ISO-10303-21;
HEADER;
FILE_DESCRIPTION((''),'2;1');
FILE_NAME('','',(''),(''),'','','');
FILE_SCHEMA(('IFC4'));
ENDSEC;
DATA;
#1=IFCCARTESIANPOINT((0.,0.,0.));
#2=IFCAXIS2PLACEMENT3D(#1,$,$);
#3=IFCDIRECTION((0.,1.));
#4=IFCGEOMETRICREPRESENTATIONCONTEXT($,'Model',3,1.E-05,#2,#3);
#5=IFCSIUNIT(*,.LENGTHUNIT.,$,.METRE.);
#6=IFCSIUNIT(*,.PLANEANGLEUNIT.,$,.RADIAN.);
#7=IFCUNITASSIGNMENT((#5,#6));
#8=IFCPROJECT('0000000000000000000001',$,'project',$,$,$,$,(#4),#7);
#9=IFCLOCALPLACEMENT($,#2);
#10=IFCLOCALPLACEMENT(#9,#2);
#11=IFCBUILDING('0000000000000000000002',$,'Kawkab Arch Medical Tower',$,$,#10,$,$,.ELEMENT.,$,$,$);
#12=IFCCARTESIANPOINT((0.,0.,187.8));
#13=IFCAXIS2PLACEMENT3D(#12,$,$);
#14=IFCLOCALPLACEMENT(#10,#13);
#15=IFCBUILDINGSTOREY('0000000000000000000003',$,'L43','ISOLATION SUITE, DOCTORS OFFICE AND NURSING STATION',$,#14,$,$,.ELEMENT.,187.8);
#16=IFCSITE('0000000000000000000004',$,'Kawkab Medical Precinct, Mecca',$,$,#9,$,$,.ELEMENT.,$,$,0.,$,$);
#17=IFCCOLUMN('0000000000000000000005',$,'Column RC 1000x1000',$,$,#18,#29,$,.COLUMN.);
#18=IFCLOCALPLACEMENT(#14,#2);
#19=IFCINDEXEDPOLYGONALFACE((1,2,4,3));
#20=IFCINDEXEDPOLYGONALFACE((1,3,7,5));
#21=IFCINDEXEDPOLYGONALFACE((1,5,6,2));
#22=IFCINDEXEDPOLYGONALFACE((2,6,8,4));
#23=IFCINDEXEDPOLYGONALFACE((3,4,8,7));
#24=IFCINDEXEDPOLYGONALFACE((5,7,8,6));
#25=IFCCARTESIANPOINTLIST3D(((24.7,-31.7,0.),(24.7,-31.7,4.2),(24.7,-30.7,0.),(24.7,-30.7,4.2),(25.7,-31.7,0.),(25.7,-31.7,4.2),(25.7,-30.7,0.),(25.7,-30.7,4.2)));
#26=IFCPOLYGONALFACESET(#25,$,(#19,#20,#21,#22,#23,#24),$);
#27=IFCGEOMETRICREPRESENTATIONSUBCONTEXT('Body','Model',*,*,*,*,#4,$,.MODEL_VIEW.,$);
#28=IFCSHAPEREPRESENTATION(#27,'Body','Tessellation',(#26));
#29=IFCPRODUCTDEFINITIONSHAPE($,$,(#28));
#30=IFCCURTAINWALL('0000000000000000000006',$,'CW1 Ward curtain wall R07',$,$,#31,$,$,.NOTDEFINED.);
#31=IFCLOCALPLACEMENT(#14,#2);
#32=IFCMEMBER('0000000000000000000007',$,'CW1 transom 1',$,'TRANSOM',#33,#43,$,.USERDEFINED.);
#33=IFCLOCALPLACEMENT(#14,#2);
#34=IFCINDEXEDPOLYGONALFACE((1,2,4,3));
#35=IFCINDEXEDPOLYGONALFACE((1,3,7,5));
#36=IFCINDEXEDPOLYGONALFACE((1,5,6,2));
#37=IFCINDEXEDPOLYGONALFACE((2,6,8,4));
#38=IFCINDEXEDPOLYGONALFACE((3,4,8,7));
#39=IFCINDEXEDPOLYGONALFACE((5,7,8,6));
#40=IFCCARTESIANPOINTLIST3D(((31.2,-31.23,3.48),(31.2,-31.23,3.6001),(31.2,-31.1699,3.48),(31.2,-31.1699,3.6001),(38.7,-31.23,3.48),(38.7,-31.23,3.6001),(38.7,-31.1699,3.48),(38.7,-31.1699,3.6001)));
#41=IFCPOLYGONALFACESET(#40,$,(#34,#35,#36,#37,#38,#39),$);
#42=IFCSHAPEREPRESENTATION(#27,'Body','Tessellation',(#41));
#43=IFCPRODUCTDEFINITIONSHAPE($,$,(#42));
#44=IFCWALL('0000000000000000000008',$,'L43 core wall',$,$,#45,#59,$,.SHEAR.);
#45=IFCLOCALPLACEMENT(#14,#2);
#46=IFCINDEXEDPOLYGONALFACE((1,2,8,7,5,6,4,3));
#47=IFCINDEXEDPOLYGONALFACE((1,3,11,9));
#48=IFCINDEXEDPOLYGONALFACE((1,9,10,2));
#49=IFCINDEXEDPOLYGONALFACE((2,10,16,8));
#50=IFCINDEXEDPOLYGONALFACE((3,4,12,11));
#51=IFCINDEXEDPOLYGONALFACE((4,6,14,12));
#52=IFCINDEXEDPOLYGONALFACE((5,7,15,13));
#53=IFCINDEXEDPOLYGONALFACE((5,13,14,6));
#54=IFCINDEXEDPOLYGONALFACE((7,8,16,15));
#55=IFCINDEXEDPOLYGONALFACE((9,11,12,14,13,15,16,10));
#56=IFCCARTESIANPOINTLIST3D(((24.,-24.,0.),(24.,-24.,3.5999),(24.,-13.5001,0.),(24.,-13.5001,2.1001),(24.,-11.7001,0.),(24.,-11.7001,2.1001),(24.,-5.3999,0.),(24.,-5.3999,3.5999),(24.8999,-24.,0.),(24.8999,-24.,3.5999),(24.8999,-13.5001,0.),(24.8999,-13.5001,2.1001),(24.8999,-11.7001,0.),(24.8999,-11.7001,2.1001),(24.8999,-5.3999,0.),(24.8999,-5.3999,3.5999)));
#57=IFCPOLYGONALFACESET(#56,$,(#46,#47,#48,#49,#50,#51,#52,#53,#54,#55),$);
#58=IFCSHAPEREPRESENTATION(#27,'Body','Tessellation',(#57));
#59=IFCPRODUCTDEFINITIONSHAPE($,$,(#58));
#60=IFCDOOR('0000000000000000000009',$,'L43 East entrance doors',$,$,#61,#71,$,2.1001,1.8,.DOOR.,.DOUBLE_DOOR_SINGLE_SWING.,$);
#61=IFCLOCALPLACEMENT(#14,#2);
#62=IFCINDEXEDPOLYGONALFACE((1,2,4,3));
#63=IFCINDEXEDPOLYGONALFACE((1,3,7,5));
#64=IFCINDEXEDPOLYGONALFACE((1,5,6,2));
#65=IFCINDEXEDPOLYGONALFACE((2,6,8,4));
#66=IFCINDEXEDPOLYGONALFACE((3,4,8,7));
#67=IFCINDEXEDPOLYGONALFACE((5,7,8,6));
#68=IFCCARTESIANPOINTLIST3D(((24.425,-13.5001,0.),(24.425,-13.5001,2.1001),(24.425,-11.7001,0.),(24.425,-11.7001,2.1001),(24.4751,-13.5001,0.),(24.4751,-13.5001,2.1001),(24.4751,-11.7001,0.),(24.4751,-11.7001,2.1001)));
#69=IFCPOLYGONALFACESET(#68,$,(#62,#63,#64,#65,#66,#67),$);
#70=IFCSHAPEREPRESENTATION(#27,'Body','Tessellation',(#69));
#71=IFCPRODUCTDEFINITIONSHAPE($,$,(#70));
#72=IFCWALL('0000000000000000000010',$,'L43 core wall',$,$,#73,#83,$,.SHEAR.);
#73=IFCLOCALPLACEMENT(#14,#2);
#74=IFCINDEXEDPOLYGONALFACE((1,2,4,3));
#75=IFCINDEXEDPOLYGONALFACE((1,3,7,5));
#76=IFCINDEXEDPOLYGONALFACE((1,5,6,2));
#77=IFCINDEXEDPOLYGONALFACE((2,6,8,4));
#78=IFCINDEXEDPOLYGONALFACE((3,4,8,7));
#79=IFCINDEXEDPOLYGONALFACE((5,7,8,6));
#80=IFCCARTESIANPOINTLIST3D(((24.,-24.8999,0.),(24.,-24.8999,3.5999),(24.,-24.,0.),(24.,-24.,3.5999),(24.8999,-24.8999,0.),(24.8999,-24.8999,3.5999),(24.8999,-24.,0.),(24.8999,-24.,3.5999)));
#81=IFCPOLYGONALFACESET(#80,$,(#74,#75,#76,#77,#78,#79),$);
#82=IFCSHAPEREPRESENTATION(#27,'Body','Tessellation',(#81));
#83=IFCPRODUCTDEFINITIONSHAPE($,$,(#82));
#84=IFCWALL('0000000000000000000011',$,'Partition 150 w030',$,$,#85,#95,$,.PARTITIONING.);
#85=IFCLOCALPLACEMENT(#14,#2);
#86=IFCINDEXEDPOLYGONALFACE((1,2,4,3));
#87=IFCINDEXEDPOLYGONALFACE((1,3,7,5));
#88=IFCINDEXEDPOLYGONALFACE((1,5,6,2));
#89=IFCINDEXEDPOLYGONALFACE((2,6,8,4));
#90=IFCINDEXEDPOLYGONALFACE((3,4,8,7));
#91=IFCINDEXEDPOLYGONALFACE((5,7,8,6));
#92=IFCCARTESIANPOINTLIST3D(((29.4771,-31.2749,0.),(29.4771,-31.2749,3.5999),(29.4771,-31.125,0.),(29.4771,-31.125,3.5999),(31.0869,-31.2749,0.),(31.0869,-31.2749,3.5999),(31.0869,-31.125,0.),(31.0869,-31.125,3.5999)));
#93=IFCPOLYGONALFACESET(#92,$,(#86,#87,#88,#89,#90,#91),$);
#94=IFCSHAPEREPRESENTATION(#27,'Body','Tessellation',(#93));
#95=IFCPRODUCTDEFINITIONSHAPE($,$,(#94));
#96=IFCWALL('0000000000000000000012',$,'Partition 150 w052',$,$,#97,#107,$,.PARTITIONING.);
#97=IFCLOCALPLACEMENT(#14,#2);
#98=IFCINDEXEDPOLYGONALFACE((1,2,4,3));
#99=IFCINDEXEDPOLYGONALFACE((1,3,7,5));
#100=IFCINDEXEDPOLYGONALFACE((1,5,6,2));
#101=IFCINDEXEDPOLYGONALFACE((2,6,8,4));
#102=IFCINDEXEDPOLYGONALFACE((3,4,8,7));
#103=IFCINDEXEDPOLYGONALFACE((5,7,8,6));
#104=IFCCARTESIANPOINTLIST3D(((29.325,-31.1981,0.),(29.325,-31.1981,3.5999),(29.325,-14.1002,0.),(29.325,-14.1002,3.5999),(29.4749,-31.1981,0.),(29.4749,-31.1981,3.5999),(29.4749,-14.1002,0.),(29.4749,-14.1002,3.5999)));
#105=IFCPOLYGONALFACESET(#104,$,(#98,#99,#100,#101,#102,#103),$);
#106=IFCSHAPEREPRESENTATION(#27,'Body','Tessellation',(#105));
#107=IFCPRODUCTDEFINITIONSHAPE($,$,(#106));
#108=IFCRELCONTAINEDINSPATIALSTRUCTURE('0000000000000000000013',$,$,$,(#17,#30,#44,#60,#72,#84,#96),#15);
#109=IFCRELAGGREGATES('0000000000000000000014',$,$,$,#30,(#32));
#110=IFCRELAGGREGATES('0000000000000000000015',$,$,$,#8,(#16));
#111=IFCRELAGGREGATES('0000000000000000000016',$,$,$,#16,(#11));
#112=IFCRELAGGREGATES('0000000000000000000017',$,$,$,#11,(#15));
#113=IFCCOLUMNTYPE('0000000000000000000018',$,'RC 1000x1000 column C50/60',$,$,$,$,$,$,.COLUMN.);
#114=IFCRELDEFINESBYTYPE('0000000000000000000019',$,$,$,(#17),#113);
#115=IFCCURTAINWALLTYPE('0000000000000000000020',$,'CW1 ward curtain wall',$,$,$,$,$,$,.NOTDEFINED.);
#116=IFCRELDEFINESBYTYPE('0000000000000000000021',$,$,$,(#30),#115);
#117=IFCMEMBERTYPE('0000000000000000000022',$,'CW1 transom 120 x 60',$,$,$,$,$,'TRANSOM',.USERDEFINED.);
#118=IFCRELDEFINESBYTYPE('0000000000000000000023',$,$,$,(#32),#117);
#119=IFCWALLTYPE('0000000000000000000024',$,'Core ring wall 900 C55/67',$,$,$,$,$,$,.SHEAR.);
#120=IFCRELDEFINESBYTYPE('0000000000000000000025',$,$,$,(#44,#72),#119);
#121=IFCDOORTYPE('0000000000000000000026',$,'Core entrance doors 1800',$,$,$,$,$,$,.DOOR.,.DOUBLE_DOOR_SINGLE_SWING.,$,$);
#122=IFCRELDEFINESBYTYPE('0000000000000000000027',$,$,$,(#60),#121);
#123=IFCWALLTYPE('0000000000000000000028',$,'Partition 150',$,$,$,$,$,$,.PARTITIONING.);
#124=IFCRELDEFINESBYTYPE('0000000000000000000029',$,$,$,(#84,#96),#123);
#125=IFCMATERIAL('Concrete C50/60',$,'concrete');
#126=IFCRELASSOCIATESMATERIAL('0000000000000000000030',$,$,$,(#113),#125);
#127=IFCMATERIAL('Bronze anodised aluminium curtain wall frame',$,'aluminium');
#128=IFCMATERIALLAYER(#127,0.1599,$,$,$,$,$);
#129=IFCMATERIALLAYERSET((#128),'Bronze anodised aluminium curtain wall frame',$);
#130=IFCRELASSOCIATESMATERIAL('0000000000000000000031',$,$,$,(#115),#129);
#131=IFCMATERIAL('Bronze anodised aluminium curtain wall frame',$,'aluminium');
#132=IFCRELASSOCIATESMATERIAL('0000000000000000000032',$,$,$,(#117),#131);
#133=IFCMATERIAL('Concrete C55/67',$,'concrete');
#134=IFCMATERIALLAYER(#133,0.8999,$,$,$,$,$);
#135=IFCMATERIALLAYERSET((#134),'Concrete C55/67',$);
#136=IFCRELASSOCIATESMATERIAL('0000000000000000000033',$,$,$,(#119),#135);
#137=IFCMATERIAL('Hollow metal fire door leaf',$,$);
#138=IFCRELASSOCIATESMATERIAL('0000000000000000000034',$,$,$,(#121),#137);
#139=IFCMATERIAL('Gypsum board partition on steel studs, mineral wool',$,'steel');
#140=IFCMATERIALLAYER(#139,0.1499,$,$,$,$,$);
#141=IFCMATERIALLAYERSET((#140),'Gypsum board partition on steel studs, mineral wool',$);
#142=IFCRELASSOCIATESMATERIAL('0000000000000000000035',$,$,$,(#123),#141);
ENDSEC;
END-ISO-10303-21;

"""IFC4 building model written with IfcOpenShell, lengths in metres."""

from ifc_helpers import new_model, si_unit, direction, frame, frame_2d, origin, origin_2d, place, context, subcontext, project, spatial, rectangle, extrude, material, layer, layer_set, material_profile, profile_set, type_object, element, fill, aggregate, save


model = new_model("IFC4")

# Units and contexts
model_context = context("Model", 3, precision=1e-05, world=origin(), true_north=direction((0.0, 1.0)))
body_context = subcontext(model_context, "Body", "Model", "MODEL_VIEW")
ifc_project = project(units=[si_unit("LENGTHUNIT", "METRE"), si_unit("PLANEANGLEUNIT", "RADIAN")], contexts=[model_context])

# Site, building, storey
site_placement = place(None, origin())
site = spatial("IfcSite", under=ifc_project, at=site_placement, Name="Kawkab Medical Precinct, Mecca", CompositionType="ELEMENT", RefElevation=0.0)
building_placement = place(site_placement, origin())
building = spatial("IfcBuilding", under=site, at=building_placement, Name="Kawkab Arch Medical Tower", CompositionType="ELEMENT")
storey_placement = place(building_placement, frame((0.0, 0.0, 187.8)))
storey = spatial("IfcBuildingStorey", under=building, at=storey_placement, Name="L43", Description="ISOLATION SUITE, DOCTORS OFFICE AND NURSING STATION", CompositionType="ELEMENT", Elevation=187.8)

# Column
ifc_material_1 = material(Name="Concrete C50/60", Category="concrete")
ifc_material_profile_1 = material_profile(ifc_material_1, rectangle(XDim=1.0, YDim=1.0, at=origin_2d()), Name="RC 1000x1000")
ifc_profile_set_1 = profile_set([ifc_material_profile_1], Name="Concrete C50/60")
column_type = type_object("IfcColumnType", Name="RC 1000x1000 column C50/60", PredefinedType="COLUMN", material=ifc_profile_set_1)
column_placement = place(storey_placement, frame((25.2, -31.2, 0.0), z_axis=(0.0, 0.0, 1.0), x_axis=(1.0, 0.0, 0.0)))
element("IfcColumn", 1, at=column_placement, inside=storey, type_object=column_type, Name="Column RC 1000x1000", PredefinedType="COLUMN", context=body_context, shape_type="SweptSolid", body=[
    extrude(rectangle(XDim=1.0, YDim=1.0, at=origin_2d()), origin(), (0.0, 0.0, 1.0), 4.2),
])

# Curtain wall, member
ifc_material_2 = material(Name="Bronze anodised aluminium curtain wall frame", Category="aluminium")
ifc_layer_1 = layer(ifc_material_2, 0.1599)
ifc_layer_set_1 = layer_set([ifc_layer_1], Name="Bronze anodised aluminium curtain wall frame")
curtain_wall_type = type_object("IfcCurtainWallType", Name="CW1 ward curtain wall", PredefinedType="NOTDEFINED", material=ifc_layer_set_1)
curtain_wall_placement = place(storey_placement, origin())
curtain_wall = element("IfcCurtainWall", 2, at=curtain_wall_placement, inside=storey, type_object=curtain_wall_type, Name="CW1 Ward curtain wall R07", PredefinedType="NOTDEFINED")
ifc_material_3 = material(Name="Bronze anodised aluminium curtain wall frame", Category="aluminium")
ifc_material_profile_2 = material_profile(ifc_material_3, rectangle(XDim=0.0601, YDim=0.1201, at=origin_2d()), Name="AL 60x120")
ifc_profile_set_2 = profile_set([ifc_material_profile_2], Name="Bronze anodised aluminium curtain wall frame")
member_type = type_object("IfcMemberType", Name="CW1 transom 120 x 60", ElementType="TRANSOM", PredefinedType="USERDEFINED", material=ifc_profile_set_2)
member_placement = place(storey_placement, frame((31.2, -31.2, 3.54), z_axis=(1.0, 0.0, 0.0), x_axis=(0.0, 1.0, 0.0)))
member = element("IfcMember", 3, at=member_placement, type_object=member_type, Name="CW1 transom 1", ObjectType="TRANSOM", PredefinedType="USERDEFINED", context=body_context, shape_type="SweptSolid", body=[
    extrude(rectangle(XDim=0.0601, YDim=0.1201, at=origin_2d()), origin(), (0.0, 0.0, 1.0), 7.5),
])
aggregate(curtain_wall, [member])

# Wall, opening, door
ifc_material_4 = material(Name="Concrete C55/67", Category="concrete")
ifc_layer_2 = layer(ifc_material_4, 0.8999)
ifc_layer_set_2 = layer_set([ifc_layer_2], Name="Concrete C55/67")
wall_type_1 = type_object("IfcWallType", Name="Core ring wall 900 C55/67", PredefinedType="SHEAR", material=ifc_layer_set_2)
wall_1_placement = place(storey_placement, frame((24.45, -24.0, 0.0), z_axis=(0.0, 0.0, 1.0), x_axis=(0.0, 1.0, 0.0)))
wall_1 = element("IfcWall", 4, at=wall_1_placement, inside=storey, type_object=wall_type_1, Name="L43 core wall", PredefinedType="SHEAR", context=body_context, shape_type="SweptSolid", body=[
    extrude(rectangle(XDim=18.6001, YDim=0.8999, at=frame_2d((9.3, 0.0))), origin(), (0.0, 0.0, 1.0), 3.5999),
])
opening_placement = place(wall_1_placement, frame((10.5, 0.0, 0.0)))
opening = element("IfcOpeningElement", 5, at=opening_placement, cuts=wall_1, PredefinedType="OPENING", context=body_context, shape_type="SweptSolid", body=[
    extrude(rectangle(XDim=1.8, YDim=2.1001, at=frame_2d((0.8999, 1.05))), frame((0.0, 0.46, 0.0), z_axis=(0.0, -1.0, 0.0), x_axis=(1.0, 0.0, 0.0)), (0.0, 0.0, 1.0), 0.9199),
])
ifc_material_5 = material(Name="Hollow metal fire door leaf")
door_type = type_object("IfcDoorType", Name="Core entrance doors 1800", OperationType="DOUBLE_DOOR_SINGLE_SWING", PredefinedType="DOOR", material=ifc_material_5)
door_placement = place(opening_placement, origin())
door = element("IfcDoor", 6, at=door_placement, inside=storey, type_object=door_type, Name="L43 East entrance doors", OperationType="DOUBLE_DOOR_SINGLE_SWING", OverallHeight=2.1001, OverallWidth=1.8, PredefinedType="DOOR", context=body_context, shape_type="SweptSolid", body=[
    extrude(rectangle(XDim=1.8, YDim=2.1001, at=frame_2d((0.8999, 1.05))), frame((0.0, 0.0249, 0.0), z_axis=(0.0, -1.0, 0.0), x_axis=(1.0, 0.0, 0.0)), (0.0, 0.0, 1.0), 0.05),
])
fill(opening, door)

# Walls
wall_2_placement = place(storey_placement, frame((24.45, -24.8999, 0.0), z_axis=(0.0, 0.0, 1.0), x_axis=(0.0, 1.0, 0.0)))
element("IfcWall", 7, at=wall_2_placement, inside=storey, type_object=wall_type_1, Name="L43 core wall", PredefinedType="SHEAR", context=body_context, shape_type="SweptSolid", body=[
    extrude(rectangle(XDim=0.8999, YDim=0.8999, at=frame_2d((0.45, 0.0))), origin(), (0.0, 0.0, 1.0), 3.5999),
])
ifc_material_6 = material(Name="Gypsum board partition on steel studs, mineral wool", Category="steel")
ifc_layer_3 = layer(ifc_material_6, 0.1499)
ifc_layer_set_3 = layer_set([ifc_layer_3], Name="Gypsum board partition on steel studs, mineral wool")
wall_type_2 = type_object("IfcWallType", Name="Partition 150", PredefinedType="PARTITIONING", material=ifc_layer_set_3)
wall_3_placement = place(storey_placement, frame((29.4771, -31.2, 0.0), z_axis=(0.0, 0.0, 1.0), x_axis=(1.0, 0.0, 0.0)))
element("IfcWall", 8, at=wall_3_placement, inside=storey, type_object=wall_type_2, Name="Partition 150 w030", PredefinedType="PARTITIONING", context=body_context, shape_type="SweptSolid", body=[
    extrude(rectangle(XDim=1.6099, YDim=0.1499, at=frame_2d((0.8049, 0.0))), origin(), (0.0, 0.0, 1.0), 3.5999),
])
wall_4_placement = place(storey_placement, frame((29.3999, -31.198, 0.0), z_axis=(0.0, 0.0, 1.0), x_axis=(0.0, 1.0, 0.0)))
element("IfcWall", 9, at=wall_4_placement, inside=storey, type_object=wall_type_2, Name="Partition 150 w052", PredefinedType="PARTITIONING", context=body_context, shape_type="SweptSolid", body=[
    extrude(rectangle(XDim=17.0979, YDim=0.1499, at=frame_2d((8.5488, 0.0))), origin(), (0.0, 0.0, 1.0), 3.5999),
])

save(model, "model.ifc")
